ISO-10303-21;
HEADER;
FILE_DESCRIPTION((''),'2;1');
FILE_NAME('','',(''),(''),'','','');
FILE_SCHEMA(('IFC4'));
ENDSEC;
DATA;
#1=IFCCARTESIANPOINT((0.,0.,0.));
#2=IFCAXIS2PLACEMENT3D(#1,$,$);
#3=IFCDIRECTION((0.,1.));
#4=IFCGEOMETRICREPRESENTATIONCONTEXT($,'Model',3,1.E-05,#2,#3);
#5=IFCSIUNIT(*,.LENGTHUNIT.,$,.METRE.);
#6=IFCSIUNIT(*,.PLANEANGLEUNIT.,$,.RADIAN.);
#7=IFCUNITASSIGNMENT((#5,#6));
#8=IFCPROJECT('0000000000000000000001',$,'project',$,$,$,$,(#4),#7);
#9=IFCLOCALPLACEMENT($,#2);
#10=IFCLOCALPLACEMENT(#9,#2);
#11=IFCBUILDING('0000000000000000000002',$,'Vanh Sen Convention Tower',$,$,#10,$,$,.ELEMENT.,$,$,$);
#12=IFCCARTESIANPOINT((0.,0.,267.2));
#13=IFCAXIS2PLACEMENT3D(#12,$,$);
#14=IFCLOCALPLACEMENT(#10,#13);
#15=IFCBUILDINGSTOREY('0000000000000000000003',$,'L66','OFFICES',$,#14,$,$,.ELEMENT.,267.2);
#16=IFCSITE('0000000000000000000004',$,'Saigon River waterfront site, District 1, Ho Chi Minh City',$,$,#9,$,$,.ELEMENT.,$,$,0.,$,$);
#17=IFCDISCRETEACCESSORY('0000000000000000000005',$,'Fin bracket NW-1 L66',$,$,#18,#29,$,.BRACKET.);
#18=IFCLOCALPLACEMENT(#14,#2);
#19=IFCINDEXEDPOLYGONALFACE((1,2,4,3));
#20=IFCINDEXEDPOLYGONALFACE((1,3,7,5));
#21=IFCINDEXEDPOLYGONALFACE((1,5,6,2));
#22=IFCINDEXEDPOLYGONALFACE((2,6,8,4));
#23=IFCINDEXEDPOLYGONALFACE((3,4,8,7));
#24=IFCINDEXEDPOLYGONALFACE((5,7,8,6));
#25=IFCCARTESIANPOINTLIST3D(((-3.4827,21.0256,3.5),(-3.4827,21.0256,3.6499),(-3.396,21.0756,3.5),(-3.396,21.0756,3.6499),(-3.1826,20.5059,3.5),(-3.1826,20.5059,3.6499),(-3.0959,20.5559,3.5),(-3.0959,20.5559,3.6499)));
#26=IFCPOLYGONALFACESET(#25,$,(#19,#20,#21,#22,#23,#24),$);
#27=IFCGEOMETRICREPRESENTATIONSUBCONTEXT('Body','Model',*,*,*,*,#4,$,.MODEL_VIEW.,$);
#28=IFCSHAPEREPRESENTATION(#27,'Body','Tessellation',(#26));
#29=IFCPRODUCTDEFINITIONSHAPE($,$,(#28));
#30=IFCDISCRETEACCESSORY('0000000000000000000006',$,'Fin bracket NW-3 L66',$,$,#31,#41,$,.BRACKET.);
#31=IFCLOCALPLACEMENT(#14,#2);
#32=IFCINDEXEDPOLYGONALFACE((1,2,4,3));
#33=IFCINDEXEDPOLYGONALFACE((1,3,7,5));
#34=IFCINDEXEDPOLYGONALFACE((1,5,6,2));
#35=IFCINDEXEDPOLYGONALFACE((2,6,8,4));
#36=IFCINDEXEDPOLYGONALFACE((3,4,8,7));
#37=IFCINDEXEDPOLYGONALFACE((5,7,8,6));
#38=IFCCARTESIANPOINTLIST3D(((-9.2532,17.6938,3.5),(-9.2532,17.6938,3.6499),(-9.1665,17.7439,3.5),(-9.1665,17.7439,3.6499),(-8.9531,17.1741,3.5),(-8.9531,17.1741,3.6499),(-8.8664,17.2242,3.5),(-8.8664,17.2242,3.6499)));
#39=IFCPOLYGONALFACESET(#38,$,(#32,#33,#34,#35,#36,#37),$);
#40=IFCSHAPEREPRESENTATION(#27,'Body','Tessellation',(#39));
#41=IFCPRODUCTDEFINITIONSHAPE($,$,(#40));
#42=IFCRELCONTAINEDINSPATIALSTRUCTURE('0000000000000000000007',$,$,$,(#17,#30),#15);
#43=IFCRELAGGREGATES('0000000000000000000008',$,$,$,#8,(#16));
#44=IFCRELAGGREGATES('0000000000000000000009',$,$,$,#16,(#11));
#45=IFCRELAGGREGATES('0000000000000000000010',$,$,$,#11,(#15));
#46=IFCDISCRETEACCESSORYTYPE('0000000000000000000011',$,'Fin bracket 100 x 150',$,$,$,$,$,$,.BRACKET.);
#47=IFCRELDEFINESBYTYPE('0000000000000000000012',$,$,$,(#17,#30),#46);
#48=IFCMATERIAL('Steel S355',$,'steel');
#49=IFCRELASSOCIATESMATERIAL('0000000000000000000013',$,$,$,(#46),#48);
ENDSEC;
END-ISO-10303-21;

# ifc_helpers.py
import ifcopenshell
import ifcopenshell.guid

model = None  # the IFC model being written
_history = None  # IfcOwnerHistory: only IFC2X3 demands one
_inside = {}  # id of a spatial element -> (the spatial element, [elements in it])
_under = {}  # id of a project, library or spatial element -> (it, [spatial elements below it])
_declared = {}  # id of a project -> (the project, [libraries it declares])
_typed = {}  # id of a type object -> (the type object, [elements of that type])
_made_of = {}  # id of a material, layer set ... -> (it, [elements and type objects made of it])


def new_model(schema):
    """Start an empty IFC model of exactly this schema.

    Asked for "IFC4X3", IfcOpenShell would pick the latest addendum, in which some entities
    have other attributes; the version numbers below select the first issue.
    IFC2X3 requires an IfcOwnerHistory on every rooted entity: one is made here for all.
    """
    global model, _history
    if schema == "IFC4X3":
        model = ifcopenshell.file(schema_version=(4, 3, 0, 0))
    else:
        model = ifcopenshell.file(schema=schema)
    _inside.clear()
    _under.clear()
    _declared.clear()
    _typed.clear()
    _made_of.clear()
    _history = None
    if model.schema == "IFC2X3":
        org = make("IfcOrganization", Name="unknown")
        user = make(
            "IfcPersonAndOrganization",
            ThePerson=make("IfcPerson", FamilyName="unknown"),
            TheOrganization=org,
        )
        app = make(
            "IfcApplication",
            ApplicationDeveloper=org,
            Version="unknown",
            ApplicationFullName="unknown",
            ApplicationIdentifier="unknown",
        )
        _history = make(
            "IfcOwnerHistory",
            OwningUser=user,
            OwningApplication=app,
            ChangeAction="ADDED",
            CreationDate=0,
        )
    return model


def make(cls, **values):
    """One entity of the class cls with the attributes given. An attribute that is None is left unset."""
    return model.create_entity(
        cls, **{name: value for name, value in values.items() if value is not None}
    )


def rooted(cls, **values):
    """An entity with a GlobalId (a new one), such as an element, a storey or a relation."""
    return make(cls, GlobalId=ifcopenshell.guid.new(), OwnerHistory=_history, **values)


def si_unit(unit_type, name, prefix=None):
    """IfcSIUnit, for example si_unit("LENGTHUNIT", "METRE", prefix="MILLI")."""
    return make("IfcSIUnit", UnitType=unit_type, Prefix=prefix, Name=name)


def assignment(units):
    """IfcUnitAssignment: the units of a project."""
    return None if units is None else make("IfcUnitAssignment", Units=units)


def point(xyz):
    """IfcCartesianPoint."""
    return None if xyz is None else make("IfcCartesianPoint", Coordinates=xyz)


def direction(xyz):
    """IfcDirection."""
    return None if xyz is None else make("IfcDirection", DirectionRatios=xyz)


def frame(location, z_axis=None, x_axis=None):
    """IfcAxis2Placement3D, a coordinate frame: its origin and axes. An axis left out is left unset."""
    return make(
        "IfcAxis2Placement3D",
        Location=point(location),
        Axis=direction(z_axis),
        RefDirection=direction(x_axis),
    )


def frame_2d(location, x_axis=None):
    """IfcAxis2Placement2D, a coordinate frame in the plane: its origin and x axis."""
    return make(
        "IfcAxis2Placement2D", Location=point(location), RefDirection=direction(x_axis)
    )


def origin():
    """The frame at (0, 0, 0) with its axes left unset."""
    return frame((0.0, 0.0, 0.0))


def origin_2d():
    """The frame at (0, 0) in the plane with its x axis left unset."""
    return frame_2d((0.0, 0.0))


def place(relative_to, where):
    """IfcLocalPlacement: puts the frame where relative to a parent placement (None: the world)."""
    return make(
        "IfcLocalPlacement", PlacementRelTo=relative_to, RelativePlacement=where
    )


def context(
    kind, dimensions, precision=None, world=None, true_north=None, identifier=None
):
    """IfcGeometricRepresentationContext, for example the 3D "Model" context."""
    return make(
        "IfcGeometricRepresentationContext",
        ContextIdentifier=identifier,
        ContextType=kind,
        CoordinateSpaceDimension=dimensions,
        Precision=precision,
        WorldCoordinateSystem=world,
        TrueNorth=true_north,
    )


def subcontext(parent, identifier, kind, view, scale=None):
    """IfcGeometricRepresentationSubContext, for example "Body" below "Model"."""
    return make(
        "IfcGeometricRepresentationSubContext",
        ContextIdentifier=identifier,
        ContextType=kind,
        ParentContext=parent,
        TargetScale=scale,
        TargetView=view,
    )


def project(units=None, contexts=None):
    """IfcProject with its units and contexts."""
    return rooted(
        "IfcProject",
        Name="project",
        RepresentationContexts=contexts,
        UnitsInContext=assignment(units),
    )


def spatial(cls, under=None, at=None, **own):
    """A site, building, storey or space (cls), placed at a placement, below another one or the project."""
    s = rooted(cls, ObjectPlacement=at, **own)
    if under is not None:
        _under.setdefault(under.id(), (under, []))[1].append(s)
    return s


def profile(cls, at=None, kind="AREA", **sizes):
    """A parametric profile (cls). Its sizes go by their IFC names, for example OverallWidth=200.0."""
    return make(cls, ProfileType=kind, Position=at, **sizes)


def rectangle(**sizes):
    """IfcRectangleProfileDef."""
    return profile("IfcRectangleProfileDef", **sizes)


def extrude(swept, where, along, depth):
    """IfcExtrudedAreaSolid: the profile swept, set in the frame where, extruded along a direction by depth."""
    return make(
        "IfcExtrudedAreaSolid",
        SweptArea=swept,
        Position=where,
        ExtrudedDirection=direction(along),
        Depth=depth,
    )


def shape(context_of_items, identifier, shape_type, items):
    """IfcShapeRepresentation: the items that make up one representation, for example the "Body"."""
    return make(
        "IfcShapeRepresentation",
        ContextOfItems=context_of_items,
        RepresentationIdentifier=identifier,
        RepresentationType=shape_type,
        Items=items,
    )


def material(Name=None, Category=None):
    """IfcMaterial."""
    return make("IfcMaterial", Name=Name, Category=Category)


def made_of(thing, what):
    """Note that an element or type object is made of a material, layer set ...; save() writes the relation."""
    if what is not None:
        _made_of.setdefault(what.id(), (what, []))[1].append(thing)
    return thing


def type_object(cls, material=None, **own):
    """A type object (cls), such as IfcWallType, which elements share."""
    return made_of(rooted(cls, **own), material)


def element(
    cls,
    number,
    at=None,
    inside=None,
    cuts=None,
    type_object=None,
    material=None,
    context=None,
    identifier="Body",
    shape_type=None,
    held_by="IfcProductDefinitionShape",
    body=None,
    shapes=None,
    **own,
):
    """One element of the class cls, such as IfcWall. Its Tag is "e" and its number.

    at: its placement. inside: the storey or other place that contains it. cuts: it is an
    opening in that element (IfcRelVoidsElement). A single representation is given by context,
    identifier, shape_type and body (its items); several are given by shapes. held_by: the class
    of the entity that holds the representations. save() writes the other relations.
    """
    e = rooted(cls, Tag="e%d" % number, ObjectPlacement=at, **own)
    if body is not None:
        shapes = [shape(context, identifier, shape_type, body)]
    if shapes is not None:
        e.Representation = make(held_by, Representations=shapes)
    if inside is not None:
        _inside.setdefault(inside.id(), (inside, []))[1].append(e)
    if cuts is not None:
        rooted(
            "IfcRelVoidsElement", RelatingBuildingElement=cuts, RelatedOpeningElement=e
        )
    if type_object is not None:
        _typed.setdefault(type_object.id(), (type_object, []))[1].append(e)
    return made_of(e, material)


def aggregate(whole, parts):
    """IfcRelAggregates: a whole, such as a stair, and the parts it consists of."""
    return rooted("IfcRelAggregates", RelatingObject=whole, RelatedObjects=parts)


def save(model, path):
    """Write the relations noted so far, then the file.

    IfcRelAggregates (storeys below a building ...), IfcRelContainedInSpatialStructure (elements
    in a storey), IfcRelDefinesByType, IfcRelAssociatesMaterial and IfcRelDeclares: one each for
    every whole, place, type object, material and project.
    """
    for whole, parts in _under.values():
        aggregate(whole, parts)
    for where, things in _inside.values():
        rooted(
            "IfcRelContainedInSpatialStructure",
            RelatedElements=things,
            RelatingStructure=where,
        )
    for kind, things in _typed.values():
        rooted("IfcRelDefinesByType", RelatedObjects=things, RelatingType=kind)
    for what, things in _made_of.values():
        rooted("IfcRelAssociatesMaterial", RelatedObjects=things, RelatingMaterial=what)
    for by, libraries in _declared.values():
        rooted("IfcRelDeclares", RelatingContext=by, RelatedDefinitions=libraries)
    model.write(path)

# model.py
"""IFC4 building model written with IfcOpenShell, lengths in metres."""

from ifc_helpers import new_model, si_unit, direction, frame, origin, origin_2d, place, context, subcontext, project, spatial, rectangle, extrude, material, type_object, element, save


model = new_model("IFC4")

# Units and contexts
model_context = context("Model", 3, precision=1e-05, world=origin(), true_north=direction((0.0, 1.0)))
body_context = subcontext(model_context, "Body", "Model", "MODEL_VIEW")
ifc_project = project(units=[si_unit("LENGTHUNIT", "METRE"), si_unit("PLANEANGLEUNIT", "RADIAN")], contexts=[model_context])

# Site, building, storey
site_placement = place(None, origin())
site = spatial("IfcSite", under=ifc_project, at=site_placement, Name="Saigon River waterfront site, District 1, Ho Chi Minh City", CompositionType="ELEMENT", RefElevation=0.0)
building_placement = place(site_placement, origin())
building = spatial("IfcBuilding", under=site, at=building_placement, Name="Vanh Sen Convention Tower", CompositionType="ELEMENT")
storey_placement = place(building_placement, frame((0.0, 0.0, 267.2)))
storey = spatial("IfcBuildingStorey", under=building, at=storey_placement, Name="L66", Description="OFFICES", CompositionType="ELEMENT", Elevation=267.2)

# Discrete accessories
ifc_material_1 = material(Name="Steel S355", Category="steel")
discrete_accessory_type = type_object("IfcDiscreteAccessoryType", Name="Fin bracket 100 x 150", PredefinedType="BRACKET", material=ifc_material_1)
for number, where, z_axis, x_axis, name in (
    (1, (-3.2893, 20.7908, 3.5), (0.0, 0.0, 1.0), (-0.5, 0.866025, 0.0), "Fin bracket NW-1 L66"),
    (2, (-9.0598, 17.459, 3.5), (0.0, 0.0, 1.0), (-0.5, 0.866025, 0.0), "Fin bracket NW-3 L66"),
):
    element("IfcDiscreteAccessory", number, at=place(storey_placement, frame(where, z_axis=z_axis, x_axis=x_axis)), inside=storey, type_object=discrete_accessory_type, Name=name, PredefinedType="BRACKET", context=body_context, shape_type="SweptSolid", body=[
        extrude(rectangle(XDim=0.6001, YDim=0.1001, at=origin_2d()), origin(), (0.0, 0.0, 1.0), 0.1499),
    ])

save(model, "model.ifc")
